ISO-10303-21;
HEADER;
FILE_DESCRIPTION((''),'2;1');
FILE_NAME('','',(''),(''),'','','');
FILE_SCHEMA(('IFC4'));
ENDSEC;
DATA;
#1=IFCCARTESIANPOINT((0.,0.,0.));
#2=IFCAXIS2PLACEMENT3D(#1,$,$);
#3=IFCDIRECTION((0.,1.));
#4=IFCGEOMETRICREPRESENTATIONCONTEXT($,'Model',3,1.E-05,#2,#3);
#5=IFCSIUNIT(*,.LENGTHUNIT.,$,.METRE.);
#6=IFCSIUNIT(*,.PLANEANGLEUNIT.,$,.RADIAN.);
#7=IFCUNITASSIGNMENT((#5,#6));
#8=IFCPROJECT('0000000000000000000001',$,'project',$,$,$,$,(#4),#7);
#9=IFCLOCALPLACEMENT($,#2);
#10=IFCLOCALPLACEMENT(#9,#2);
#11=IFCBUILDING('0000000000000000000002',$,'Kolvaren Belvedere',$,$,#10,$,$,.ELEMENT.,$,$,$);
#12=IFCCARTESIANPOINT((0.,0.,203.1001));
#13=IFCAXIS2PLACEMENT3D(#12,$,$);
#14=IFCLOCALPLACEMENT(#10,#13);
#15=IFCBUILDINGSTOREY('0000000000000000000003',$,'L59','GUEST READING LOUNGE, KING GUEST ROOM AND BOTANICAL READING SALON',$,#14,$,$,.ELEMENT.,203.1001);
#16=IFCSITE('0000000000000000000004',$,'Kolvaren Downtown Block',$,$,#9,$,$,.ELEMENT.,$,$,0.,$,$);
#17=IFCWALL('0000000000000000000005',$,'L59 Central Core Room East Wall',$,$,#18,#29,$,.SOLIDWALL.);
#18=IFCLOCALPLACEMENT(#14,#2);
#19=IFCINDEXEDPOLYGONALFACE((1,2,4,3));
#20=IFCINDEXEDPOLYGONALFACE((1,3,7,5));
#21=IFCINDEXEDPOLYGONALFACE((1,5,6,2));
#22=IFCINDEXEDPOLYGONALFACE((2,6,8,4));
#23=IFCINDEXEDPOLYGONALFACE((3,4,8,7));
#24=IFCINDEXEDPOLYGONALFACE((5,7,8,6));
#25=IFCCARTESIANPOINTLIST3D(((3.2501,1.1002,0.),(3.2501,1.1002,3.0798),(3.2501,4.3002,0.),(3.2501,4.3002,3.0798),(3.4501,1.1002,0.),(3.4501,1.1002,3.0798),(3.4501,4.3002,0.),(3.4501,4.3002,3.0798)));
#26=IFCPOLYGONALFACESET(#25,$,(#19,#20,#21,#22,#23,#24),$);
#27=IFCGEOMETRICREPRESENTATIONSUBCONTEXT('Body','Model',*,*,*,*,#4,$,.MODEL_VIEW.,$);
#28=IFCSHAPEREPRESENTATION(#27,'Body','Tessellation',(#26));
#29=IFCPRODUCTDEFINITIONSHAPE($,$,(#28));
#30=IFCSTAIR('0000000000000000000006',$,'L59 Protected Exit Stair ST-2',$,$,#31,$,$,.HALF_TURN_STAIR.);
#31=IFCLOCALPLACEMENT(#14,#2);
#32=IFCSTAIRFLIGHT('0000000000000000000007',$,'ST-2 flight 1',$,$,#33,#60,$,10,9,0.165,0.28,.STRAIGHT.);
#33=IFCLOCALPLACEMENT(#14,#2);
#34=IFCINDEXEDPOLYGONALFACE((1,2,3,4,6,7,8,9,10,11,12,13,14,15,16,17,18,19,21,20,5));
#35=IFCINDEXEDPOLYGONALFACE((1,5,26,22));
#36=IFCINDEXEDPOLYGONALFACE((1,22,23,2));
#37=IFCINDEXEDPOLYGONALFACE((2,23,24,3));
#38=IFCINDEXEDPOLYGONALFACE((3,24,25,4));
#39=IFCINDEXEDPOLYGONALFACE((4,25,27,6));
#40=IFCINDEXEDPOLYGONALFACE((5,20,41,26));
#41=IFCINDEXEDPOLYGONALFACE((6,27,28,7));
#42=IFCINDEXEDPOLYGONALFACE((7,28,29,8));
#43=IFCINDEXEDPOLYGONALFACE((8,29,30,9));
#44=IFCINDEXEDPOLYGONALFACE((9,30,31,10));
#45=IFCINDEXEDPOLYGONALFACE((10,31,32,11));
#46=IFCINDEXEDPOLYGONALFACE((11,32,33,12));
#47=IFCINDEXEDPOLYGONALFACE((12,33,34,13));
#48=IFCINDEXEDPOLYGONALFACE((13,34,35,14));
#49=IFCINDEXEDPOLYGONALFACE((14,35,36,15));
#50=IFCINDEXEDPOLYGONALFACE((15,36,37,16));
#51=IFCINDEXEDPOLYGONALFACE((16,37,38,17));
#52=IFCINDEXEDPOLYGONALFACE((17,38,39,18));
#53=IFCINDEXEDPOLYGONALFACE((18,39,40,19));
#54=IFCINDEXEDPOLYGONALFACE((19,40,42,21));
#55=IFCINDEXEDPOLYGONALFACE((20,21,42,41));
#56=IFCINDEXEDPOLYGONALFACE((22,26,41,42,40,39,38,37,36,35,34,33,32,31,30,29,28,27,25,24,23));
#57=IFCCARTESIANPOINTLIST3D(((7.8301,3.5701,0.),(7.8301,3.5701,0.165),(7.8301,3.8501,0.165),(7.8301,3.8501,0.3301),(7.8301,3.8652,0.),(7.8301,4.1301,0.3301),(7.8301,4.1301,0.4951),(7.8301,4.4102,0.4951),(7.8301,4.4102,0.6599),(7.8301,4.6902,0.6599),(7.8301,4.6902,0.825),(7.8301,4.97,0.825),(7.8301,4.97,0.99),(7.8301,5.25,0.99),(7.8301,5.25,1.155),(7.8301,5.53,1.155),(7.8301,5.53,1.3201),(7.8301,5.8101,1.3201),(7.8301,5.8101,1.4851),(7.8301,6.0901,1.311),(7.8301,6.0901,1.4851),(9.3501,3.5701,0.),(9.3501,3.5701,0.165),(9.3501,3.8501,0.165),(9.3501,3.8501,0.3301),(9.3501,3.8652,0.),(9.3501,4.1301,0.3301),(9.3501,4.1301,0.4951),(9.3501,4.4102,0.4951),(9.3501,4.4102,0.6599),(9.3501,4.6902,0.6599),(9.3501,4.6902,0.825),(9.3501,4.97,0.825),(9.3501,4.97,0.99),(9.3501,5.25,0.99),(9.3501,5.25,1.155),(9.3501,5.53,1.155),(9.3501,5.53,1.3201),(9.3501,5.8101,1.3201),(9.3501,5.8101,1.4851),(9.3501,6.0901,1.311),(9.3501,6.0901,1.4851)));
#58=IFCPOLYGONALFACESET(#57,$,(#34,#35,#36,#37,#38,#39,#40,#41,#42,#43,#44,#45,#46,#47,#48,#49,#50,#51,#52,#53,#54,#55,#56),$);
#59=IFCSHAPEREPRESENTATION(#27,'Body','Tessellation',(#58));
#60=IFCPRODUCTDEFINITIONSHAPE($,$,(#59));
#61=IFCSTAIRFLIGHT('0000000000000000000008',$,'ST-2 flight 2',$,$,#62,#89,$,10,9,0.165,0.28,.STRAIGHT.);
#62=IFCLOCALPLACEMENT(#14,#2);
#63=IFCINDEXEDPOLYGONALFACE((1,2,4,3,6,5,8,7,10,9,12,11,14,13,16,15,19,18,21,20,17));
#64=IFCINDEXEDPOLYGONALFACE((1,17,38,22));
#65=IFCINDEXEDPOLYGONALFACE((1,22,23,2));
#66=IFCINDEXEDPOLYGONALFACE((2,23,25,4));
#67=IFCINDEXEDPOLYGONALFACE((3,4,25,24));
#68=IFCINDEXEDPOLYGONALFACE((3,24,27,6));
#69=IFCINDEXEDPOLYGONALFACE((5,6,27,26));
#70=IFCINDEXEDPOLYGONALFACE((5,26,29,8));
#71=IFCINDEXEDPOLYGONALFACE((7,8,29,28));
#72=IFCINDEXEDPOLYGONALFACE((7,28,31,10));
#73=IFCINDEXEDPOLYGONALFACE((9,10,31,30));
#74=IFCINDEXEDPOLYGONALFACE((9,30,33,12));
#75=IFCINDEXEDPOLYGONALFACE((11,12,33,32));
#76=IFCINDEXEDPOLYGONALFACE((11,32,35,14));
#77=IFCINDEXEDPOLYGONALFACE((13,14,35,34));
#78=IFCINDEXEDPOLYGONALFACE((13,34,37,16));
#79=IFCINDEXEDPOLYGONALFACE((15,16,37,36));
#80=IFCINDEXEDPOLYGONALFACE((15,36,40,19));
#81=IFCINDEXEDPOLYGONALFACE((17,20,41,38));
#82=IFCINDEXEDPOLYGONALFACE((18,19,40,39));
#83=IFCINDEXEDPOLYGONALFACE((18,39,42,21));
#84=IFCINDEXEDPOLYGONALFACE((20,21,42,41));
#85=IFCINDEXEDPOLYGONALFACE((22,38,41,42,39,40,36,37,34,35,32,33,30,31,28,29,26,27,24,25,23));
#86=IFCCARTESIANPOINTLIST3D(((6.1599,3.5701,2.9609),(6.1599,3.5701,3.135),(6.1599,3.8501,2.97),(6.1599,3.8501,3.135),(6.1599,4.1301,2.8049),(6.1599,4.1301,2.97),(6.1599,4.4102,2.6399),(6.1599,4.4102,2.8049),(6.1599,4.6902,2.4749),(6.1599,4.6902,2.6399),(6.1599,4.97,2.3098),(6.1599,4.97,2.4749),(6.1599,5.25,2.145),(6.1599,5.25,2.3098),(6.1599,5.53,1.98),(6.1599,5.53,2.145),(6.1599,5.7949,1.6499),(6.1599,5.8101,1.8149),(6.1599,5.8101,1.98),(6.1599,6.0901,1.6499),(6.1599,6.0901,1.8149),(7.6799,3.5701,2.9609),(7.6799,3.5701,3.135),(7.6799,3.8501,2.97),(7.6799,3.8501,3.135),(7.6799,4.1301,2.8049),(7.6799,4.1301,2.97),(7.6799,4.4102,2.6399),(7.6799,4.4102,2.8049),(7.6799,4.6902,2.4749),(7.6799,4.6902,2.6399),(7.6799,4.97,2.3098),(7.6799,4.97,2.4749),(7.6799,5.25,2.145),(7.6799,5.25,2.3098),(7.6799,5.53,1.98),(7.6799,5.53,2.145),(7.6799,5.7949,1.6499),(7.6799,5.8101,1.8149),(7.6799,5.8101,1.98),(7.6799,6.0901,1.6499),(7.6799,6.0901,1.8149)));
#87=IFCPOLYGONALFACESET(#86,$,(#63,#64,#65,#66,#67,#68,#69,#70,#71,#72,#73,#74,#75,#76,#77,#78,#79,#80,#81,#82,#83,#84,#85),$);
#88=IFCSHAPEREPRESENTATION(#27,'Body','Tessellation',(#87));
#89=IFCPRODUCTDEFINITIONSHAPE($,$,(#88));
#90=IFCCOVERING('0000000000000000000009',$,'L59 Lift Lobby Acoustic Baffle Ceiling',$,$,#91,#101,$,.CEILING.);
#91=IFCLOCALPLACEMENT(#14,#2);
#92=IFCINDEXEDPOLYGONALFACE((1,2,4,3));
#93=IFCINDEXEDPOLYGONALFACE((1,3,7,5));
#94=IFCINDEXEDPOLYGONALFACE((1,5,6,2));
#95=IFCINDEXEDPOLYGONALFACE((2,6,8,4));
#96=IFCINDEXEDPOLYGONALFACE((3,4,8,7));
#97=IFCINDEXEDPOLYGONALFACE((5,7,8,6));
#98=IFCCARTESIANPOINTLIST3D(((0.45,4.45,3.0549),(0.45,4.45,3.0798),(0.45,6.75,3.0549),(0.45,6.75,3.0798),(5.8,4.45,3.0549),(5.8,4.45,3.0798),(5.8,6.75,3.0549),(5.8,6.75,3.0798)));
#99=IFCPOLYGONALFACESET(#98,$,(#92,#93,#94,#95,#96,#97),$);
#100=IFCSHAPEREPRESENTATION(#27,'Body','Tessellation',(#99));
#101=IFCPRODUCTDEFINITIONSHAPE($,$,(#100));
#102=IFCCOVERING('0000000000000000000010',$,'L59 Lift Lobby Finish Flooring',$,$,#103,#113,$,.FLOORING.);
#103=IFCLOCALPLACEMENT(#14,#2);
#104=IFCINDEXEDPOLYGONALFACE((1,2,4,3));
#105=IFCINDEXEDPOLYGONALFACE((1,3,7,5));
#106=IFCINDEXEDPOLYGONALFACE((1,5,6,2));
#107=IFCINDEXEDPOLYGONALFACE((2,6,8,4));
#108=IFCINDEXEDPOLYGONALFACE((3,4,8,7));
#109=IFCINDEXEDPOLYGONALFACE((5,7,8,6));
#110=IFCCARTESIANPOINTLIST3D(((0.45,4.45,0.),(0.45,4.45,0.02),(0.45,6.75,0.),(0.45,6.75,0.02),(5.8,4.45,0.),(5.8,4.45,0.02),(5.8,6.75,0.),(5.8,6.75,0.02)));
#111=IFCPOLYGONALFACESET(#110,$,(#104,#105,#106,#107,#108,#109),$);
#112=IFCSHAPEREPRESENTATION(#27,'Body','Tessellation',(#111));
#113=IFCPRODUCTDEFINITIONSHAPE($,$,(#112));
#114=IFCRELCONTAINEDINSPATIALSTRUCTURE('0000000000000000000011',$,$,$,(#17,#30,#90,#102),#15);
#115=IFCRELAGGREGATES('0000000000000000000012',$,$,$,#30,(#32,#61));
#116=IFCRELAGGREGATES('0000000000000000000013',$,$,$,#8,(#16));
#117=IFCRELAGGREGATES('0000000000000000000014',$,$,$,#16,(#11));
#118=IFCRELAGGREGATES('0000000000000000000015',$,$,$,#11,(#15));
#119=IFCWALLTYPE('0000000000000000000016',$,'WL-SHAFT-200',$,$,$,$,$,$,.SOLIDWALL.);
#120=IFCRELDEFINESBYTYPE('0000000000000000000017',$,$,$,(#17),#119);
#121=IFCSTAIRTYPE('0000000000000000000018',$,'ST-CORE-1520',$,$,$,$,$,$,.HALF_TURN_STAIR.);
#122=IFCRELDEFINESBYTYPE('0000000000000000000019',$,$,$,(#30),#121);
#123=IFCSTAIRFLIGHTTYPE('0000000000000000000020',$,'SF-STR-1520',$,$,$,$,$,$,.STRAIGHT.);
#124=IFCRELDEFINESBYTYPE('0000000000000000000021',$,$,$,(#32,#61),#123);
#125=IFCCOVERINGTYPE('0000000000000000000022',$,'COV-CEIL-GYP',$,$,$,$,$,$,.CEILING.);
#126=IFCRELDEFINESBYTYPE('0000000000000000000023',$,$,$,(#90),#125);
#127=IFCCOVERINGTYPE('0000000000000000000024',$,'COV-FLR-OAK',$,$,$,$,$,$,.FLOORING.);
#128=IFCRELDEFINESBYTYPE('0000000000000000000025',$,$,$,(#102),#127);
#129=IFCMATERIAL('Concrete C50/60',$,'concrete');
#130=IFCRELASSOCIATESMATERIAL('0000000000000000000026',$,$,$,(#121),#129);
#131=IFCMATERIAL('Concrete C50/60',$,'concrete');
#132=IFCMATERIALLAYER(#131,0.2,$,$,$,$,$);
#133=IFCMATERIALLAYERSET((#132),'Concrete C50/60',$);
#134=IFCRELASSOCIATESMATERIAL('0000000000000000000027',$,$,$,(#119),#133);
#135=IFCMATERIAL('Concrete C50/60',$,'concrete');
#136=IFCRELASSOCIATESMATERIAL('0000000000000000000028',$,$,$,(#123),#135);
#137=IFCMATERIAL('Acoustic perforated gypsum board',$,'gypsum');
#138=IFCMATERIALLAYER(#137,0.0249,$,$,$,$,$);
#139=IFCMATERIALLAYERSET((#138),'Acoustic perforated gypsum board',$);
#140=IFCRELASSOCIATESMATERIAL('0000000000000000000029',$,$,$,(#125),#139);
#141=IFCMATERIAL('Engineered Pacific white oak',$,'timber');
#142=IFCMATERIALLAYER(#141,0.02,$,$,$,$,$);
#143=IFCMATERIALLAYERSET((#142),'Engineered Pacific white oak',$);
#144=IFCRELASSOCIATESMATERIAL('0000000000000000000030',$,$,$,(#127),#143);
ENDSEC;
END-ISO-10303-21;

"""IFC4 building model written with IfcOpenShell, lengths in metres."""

from ifc_helpers import new_model, si_unit, direction, frame, frame_2d, origin, place, context, subcontext, project, spatial, polyline, rectangle, outline, extrude, material, layer, layer_set, type_object, element, aggregate, save


model = new_model("IFC4")

# Units and contexts
model_context = context("Model", 3, precision=1e-05, world=origin(), true_north=direction((0.0, 1.0)))
body_context = subcontext(model_context, "Body", "Model", "MODEL_VIEW")
ifc_project = project(units=[si_unit("LENGTHUNIT", "METRE"), si_unit("PLANEANGLEUNIT", "RADIAN")], contexts=[model_context])

# Site, building, storey
site_placement = place(None, origin())
site = spatial("IfcSite", under=ifc_project, at=site_placement, Name="Kolvaren Downtown Block", CompositionType="ELEMENT", RefElevation=0.0)
building_placement = place(site_placement, origin())
building = spatial("IfcBuilding", under=site, at=building_placement, Name="Kolvaren Belvedere", CompositionType="ELEMENT")
storey_placement = place(building_placement, frame((0.0, 0.0, 203.1001)))
storey = spatial("IfcBuildingStorey", under=building, at=storey_placement, Name="L59", Description="GUEST READING LOUNGE, KING GUEST ROOM AND BOTANICAL READING SALON", CompositionType="ELEMENT", Elevation=203.1001)

# Shared definitions
ifc_material_1 = material(Name="Concrete C50/60", Category="concrete")
stair_type = type_object("IfcStairType", Name="ST-CORE-1520", PredefinedType="HALF_TURN_STAIR", material=ifc_material_1)

# Shared definitions
ifc_material_2 = material(Name="Concrete C50/60", Category="concrete")
ifc_layer_1 = layer(ifc_material_2, 0.2)
ifc_layer_set_1 = layer_set([ifc_layer_1], Name="Concrete C50/60")
wall_type_1 = type_object("IfcWallType", Name="WL-SHAFT-200", PredefinedType="SOLIDWALL", material=ifc_layer_set_1)

# Wall
wall_1_placement = place(storey_placement, frame((3.3501, 1.1001, 0.0), z_axis=(0.0, 0.0, 1.0), x_axis=(0.0, 1.0, 0.0)))
element("IfcWall", 1, at=wall_1_placement, inside=storey, type_object=wall_type_1, Name="L59 Central Core Room East Wall", PredefinedType="SOLIDWALL", context=body_context, shape_type="SweptSolid", body=[
    extrude(rectangle(XDim=3.2, YDim=0.2, at=frame_2d((1.6001, 0.0))), origin(), (0.0, 0.0, 1.0), 3.0798),
])

# Stair, stair flights
stair_1_placement = place(storey_placement, origin())
stair_1 = element("IfcStair", 2, at=stair_1_placement, inside=storey, type_object=stair_type, Name="L59 Protected Exit Stair ST-2", PredefinedType="HALF_TURN_STAIR")
ifc_material_3 = material(Name="Concrete C50/60", Category="concrete")
stair_flight_type = type_object("IfcStairFlightType", Name="SF-STR-1520", PredefinedType="STRAIGHT", material=ifc_material_3)
stair_flight_1_placement = place(storey_placement, frame((8.5901, 3.5701, 0.0), z_axis=(0.0, 0.0, 1.0), x_axis=(0.0, 1.0, 0.0)))
stair_flight_1 = element("IfcStairFlight", 3, at=stair_flight_1_placement, type_object=stair_flight_type, Name="ST-2 flight 1", NumberOfRisers=10, NumberOfTreads=9, PredefinedType="STRAIGHT", RiserHeight=0.165, TreadLength=0.28, context=body_context, shape_type="SweptSolid", body=[
    extrude(outline(polyline([(0.0, 0.0), (0.0, 0.165), (0.28, 0.165), (0.28, 0.3301), (0.5601, 0.3301), (0.5601, 0.4951), (0.8401, 0.4951), (0.8401, 0.6599), (1.1201, 0.6599), (1.1201, 0.825), (1.3999, 0.825), (1.3999, 0.99), (1.6799, 0.99), (1.6799, 1.155), (1.96, 1.155), (1.96, 1.3201), (2.24, 1.3201), (2.24, 1.4851), (2.52, 1.4851), (2.52, 1.6499), (2.52, 1.311), (0.2952, 0.0), (0.0, 0.0)])), frame((0.0, 0.76, 0.0), z_axis=(0.0, -1.0, 0.0), x_axis=(1.0, 0.0, 0.0)), (0.0, 0.0, 1.0), 1.52),
])
stair_flight_2_placement = place(storey_placement, frame((6.9199, 6.0901, 1.6499), z_axis=(0.0, 0.0, 1.0), x_axis=(0.0, -1.0, 0.0)))
stair_flight_2 = element("IfcStairFlight", 4, at=stair_flight_2_placement, type_object=stair_flight_type, Name="ST-2 flight 2", NumberOfRisers=10, NumberOfTreads=9, PredefinedType="STRAIGHT", RiserHeight=0.165, TreadLength=0.28, context=body_context, shape_type="SweptSolid", body=[
    extrude(outline(polyline([(0.0, 0.0), (0.0, 0.165), (0.28, 0.165), (0.28, 0.3301), (0.5601, 0.3301), (0.5601, 0.4951), (0.8401, 0.4951), (0.8401, 0.6599), (1.1201, 0.6599), (1.1201, 0.825), (1.3999, 0.825), (1.3999, 0.99), (1.6799, 0.99), (1.6799, 1.155), (1.96, 1.155), (1.96, 1.3201), (2.24, 1.3201), (2.24, 1.4851), (2.52, 1.4851), (2.52, 1.6499), (2.52, 1.311), (0.2952, 0.0), (0.0, 0.0)])), frame((0.0, 0.76, 0.0), z_axis=(0.0, -1.0, 0.0), x_axis=(1.0, 0.0, 0.0)), (0.0, 0.0, 1.0), 1.52),
])
aggregate(stair_1, [stair_flight_1, stair_flight_2])

# Coverings
ifc_material_4 = material(Name="Acoustic perforated gypsum board", Category="gypsum")
ifc_layer_2 = layer(ifc_material_4, 0.0249)
ifc_layer_set_2 = layer_set([ifc_layer_2], Name="Acoustic perforated gypsum board")
covering_type_1 = type_object("IfcCoveringType", Name="COV-CEIL-GYP", PredefinedType="CEILING", material=ifc_layer_set_2)
covering_1_placement = place(storey_placement, frame((0.0, 0.0, 3.0549)))
element("IfcCovering", 5, at=covering_1_placement, inside=storey, type_object=covering_type_1, Name="L59 Lift Lobby Acoustic Baffle Ceiling", PredefinedType="CEILING", context=body_context, shape_type="SweptSolid", body=[
    extrude(outline(polyline([(0.45, 4.45), (5.8, 4.45), (5.8, 6.75), (0.45, 6.75), (0.45, 4.45)])), origin(), (0.0, 0.0, 1.0), 0.0249),
])
ifc_material_5 = material(Name="Engineered Pacific white oak", Category="timber")
ifc_layer_3 = layer(ifc_material_5, 0.02)
ifc_layer_set_3 = layer_set([ifc_layer_3], Name="Engineered Pacific white oak")
covering_type_2 = type_object("IfcCoveringType", Name="COV-FLR-OAK", PredefinedType="FLOORING", material=ifc_layer_set_3)
covering_2_placement = place(storey_placement, origin())
element("IfcCovering", 6, at=covering_2_placement, inside=storey, type_object=covering_type_2, Name="L59 Lift Lobby Finish Flooring", PredefinedType="FLOORING", context=body_context, shape_type="SweptSolid", body=[
    extrude(outline(polyline([(0.45, 4.45), (5.8, 4.45), (5.8, 6.75), (0.45, 6.75), (0.45, 4.45)])), origin(), (0.0, 0.0, 1.0), 0.02),
])

save(model, "model.ifc")
